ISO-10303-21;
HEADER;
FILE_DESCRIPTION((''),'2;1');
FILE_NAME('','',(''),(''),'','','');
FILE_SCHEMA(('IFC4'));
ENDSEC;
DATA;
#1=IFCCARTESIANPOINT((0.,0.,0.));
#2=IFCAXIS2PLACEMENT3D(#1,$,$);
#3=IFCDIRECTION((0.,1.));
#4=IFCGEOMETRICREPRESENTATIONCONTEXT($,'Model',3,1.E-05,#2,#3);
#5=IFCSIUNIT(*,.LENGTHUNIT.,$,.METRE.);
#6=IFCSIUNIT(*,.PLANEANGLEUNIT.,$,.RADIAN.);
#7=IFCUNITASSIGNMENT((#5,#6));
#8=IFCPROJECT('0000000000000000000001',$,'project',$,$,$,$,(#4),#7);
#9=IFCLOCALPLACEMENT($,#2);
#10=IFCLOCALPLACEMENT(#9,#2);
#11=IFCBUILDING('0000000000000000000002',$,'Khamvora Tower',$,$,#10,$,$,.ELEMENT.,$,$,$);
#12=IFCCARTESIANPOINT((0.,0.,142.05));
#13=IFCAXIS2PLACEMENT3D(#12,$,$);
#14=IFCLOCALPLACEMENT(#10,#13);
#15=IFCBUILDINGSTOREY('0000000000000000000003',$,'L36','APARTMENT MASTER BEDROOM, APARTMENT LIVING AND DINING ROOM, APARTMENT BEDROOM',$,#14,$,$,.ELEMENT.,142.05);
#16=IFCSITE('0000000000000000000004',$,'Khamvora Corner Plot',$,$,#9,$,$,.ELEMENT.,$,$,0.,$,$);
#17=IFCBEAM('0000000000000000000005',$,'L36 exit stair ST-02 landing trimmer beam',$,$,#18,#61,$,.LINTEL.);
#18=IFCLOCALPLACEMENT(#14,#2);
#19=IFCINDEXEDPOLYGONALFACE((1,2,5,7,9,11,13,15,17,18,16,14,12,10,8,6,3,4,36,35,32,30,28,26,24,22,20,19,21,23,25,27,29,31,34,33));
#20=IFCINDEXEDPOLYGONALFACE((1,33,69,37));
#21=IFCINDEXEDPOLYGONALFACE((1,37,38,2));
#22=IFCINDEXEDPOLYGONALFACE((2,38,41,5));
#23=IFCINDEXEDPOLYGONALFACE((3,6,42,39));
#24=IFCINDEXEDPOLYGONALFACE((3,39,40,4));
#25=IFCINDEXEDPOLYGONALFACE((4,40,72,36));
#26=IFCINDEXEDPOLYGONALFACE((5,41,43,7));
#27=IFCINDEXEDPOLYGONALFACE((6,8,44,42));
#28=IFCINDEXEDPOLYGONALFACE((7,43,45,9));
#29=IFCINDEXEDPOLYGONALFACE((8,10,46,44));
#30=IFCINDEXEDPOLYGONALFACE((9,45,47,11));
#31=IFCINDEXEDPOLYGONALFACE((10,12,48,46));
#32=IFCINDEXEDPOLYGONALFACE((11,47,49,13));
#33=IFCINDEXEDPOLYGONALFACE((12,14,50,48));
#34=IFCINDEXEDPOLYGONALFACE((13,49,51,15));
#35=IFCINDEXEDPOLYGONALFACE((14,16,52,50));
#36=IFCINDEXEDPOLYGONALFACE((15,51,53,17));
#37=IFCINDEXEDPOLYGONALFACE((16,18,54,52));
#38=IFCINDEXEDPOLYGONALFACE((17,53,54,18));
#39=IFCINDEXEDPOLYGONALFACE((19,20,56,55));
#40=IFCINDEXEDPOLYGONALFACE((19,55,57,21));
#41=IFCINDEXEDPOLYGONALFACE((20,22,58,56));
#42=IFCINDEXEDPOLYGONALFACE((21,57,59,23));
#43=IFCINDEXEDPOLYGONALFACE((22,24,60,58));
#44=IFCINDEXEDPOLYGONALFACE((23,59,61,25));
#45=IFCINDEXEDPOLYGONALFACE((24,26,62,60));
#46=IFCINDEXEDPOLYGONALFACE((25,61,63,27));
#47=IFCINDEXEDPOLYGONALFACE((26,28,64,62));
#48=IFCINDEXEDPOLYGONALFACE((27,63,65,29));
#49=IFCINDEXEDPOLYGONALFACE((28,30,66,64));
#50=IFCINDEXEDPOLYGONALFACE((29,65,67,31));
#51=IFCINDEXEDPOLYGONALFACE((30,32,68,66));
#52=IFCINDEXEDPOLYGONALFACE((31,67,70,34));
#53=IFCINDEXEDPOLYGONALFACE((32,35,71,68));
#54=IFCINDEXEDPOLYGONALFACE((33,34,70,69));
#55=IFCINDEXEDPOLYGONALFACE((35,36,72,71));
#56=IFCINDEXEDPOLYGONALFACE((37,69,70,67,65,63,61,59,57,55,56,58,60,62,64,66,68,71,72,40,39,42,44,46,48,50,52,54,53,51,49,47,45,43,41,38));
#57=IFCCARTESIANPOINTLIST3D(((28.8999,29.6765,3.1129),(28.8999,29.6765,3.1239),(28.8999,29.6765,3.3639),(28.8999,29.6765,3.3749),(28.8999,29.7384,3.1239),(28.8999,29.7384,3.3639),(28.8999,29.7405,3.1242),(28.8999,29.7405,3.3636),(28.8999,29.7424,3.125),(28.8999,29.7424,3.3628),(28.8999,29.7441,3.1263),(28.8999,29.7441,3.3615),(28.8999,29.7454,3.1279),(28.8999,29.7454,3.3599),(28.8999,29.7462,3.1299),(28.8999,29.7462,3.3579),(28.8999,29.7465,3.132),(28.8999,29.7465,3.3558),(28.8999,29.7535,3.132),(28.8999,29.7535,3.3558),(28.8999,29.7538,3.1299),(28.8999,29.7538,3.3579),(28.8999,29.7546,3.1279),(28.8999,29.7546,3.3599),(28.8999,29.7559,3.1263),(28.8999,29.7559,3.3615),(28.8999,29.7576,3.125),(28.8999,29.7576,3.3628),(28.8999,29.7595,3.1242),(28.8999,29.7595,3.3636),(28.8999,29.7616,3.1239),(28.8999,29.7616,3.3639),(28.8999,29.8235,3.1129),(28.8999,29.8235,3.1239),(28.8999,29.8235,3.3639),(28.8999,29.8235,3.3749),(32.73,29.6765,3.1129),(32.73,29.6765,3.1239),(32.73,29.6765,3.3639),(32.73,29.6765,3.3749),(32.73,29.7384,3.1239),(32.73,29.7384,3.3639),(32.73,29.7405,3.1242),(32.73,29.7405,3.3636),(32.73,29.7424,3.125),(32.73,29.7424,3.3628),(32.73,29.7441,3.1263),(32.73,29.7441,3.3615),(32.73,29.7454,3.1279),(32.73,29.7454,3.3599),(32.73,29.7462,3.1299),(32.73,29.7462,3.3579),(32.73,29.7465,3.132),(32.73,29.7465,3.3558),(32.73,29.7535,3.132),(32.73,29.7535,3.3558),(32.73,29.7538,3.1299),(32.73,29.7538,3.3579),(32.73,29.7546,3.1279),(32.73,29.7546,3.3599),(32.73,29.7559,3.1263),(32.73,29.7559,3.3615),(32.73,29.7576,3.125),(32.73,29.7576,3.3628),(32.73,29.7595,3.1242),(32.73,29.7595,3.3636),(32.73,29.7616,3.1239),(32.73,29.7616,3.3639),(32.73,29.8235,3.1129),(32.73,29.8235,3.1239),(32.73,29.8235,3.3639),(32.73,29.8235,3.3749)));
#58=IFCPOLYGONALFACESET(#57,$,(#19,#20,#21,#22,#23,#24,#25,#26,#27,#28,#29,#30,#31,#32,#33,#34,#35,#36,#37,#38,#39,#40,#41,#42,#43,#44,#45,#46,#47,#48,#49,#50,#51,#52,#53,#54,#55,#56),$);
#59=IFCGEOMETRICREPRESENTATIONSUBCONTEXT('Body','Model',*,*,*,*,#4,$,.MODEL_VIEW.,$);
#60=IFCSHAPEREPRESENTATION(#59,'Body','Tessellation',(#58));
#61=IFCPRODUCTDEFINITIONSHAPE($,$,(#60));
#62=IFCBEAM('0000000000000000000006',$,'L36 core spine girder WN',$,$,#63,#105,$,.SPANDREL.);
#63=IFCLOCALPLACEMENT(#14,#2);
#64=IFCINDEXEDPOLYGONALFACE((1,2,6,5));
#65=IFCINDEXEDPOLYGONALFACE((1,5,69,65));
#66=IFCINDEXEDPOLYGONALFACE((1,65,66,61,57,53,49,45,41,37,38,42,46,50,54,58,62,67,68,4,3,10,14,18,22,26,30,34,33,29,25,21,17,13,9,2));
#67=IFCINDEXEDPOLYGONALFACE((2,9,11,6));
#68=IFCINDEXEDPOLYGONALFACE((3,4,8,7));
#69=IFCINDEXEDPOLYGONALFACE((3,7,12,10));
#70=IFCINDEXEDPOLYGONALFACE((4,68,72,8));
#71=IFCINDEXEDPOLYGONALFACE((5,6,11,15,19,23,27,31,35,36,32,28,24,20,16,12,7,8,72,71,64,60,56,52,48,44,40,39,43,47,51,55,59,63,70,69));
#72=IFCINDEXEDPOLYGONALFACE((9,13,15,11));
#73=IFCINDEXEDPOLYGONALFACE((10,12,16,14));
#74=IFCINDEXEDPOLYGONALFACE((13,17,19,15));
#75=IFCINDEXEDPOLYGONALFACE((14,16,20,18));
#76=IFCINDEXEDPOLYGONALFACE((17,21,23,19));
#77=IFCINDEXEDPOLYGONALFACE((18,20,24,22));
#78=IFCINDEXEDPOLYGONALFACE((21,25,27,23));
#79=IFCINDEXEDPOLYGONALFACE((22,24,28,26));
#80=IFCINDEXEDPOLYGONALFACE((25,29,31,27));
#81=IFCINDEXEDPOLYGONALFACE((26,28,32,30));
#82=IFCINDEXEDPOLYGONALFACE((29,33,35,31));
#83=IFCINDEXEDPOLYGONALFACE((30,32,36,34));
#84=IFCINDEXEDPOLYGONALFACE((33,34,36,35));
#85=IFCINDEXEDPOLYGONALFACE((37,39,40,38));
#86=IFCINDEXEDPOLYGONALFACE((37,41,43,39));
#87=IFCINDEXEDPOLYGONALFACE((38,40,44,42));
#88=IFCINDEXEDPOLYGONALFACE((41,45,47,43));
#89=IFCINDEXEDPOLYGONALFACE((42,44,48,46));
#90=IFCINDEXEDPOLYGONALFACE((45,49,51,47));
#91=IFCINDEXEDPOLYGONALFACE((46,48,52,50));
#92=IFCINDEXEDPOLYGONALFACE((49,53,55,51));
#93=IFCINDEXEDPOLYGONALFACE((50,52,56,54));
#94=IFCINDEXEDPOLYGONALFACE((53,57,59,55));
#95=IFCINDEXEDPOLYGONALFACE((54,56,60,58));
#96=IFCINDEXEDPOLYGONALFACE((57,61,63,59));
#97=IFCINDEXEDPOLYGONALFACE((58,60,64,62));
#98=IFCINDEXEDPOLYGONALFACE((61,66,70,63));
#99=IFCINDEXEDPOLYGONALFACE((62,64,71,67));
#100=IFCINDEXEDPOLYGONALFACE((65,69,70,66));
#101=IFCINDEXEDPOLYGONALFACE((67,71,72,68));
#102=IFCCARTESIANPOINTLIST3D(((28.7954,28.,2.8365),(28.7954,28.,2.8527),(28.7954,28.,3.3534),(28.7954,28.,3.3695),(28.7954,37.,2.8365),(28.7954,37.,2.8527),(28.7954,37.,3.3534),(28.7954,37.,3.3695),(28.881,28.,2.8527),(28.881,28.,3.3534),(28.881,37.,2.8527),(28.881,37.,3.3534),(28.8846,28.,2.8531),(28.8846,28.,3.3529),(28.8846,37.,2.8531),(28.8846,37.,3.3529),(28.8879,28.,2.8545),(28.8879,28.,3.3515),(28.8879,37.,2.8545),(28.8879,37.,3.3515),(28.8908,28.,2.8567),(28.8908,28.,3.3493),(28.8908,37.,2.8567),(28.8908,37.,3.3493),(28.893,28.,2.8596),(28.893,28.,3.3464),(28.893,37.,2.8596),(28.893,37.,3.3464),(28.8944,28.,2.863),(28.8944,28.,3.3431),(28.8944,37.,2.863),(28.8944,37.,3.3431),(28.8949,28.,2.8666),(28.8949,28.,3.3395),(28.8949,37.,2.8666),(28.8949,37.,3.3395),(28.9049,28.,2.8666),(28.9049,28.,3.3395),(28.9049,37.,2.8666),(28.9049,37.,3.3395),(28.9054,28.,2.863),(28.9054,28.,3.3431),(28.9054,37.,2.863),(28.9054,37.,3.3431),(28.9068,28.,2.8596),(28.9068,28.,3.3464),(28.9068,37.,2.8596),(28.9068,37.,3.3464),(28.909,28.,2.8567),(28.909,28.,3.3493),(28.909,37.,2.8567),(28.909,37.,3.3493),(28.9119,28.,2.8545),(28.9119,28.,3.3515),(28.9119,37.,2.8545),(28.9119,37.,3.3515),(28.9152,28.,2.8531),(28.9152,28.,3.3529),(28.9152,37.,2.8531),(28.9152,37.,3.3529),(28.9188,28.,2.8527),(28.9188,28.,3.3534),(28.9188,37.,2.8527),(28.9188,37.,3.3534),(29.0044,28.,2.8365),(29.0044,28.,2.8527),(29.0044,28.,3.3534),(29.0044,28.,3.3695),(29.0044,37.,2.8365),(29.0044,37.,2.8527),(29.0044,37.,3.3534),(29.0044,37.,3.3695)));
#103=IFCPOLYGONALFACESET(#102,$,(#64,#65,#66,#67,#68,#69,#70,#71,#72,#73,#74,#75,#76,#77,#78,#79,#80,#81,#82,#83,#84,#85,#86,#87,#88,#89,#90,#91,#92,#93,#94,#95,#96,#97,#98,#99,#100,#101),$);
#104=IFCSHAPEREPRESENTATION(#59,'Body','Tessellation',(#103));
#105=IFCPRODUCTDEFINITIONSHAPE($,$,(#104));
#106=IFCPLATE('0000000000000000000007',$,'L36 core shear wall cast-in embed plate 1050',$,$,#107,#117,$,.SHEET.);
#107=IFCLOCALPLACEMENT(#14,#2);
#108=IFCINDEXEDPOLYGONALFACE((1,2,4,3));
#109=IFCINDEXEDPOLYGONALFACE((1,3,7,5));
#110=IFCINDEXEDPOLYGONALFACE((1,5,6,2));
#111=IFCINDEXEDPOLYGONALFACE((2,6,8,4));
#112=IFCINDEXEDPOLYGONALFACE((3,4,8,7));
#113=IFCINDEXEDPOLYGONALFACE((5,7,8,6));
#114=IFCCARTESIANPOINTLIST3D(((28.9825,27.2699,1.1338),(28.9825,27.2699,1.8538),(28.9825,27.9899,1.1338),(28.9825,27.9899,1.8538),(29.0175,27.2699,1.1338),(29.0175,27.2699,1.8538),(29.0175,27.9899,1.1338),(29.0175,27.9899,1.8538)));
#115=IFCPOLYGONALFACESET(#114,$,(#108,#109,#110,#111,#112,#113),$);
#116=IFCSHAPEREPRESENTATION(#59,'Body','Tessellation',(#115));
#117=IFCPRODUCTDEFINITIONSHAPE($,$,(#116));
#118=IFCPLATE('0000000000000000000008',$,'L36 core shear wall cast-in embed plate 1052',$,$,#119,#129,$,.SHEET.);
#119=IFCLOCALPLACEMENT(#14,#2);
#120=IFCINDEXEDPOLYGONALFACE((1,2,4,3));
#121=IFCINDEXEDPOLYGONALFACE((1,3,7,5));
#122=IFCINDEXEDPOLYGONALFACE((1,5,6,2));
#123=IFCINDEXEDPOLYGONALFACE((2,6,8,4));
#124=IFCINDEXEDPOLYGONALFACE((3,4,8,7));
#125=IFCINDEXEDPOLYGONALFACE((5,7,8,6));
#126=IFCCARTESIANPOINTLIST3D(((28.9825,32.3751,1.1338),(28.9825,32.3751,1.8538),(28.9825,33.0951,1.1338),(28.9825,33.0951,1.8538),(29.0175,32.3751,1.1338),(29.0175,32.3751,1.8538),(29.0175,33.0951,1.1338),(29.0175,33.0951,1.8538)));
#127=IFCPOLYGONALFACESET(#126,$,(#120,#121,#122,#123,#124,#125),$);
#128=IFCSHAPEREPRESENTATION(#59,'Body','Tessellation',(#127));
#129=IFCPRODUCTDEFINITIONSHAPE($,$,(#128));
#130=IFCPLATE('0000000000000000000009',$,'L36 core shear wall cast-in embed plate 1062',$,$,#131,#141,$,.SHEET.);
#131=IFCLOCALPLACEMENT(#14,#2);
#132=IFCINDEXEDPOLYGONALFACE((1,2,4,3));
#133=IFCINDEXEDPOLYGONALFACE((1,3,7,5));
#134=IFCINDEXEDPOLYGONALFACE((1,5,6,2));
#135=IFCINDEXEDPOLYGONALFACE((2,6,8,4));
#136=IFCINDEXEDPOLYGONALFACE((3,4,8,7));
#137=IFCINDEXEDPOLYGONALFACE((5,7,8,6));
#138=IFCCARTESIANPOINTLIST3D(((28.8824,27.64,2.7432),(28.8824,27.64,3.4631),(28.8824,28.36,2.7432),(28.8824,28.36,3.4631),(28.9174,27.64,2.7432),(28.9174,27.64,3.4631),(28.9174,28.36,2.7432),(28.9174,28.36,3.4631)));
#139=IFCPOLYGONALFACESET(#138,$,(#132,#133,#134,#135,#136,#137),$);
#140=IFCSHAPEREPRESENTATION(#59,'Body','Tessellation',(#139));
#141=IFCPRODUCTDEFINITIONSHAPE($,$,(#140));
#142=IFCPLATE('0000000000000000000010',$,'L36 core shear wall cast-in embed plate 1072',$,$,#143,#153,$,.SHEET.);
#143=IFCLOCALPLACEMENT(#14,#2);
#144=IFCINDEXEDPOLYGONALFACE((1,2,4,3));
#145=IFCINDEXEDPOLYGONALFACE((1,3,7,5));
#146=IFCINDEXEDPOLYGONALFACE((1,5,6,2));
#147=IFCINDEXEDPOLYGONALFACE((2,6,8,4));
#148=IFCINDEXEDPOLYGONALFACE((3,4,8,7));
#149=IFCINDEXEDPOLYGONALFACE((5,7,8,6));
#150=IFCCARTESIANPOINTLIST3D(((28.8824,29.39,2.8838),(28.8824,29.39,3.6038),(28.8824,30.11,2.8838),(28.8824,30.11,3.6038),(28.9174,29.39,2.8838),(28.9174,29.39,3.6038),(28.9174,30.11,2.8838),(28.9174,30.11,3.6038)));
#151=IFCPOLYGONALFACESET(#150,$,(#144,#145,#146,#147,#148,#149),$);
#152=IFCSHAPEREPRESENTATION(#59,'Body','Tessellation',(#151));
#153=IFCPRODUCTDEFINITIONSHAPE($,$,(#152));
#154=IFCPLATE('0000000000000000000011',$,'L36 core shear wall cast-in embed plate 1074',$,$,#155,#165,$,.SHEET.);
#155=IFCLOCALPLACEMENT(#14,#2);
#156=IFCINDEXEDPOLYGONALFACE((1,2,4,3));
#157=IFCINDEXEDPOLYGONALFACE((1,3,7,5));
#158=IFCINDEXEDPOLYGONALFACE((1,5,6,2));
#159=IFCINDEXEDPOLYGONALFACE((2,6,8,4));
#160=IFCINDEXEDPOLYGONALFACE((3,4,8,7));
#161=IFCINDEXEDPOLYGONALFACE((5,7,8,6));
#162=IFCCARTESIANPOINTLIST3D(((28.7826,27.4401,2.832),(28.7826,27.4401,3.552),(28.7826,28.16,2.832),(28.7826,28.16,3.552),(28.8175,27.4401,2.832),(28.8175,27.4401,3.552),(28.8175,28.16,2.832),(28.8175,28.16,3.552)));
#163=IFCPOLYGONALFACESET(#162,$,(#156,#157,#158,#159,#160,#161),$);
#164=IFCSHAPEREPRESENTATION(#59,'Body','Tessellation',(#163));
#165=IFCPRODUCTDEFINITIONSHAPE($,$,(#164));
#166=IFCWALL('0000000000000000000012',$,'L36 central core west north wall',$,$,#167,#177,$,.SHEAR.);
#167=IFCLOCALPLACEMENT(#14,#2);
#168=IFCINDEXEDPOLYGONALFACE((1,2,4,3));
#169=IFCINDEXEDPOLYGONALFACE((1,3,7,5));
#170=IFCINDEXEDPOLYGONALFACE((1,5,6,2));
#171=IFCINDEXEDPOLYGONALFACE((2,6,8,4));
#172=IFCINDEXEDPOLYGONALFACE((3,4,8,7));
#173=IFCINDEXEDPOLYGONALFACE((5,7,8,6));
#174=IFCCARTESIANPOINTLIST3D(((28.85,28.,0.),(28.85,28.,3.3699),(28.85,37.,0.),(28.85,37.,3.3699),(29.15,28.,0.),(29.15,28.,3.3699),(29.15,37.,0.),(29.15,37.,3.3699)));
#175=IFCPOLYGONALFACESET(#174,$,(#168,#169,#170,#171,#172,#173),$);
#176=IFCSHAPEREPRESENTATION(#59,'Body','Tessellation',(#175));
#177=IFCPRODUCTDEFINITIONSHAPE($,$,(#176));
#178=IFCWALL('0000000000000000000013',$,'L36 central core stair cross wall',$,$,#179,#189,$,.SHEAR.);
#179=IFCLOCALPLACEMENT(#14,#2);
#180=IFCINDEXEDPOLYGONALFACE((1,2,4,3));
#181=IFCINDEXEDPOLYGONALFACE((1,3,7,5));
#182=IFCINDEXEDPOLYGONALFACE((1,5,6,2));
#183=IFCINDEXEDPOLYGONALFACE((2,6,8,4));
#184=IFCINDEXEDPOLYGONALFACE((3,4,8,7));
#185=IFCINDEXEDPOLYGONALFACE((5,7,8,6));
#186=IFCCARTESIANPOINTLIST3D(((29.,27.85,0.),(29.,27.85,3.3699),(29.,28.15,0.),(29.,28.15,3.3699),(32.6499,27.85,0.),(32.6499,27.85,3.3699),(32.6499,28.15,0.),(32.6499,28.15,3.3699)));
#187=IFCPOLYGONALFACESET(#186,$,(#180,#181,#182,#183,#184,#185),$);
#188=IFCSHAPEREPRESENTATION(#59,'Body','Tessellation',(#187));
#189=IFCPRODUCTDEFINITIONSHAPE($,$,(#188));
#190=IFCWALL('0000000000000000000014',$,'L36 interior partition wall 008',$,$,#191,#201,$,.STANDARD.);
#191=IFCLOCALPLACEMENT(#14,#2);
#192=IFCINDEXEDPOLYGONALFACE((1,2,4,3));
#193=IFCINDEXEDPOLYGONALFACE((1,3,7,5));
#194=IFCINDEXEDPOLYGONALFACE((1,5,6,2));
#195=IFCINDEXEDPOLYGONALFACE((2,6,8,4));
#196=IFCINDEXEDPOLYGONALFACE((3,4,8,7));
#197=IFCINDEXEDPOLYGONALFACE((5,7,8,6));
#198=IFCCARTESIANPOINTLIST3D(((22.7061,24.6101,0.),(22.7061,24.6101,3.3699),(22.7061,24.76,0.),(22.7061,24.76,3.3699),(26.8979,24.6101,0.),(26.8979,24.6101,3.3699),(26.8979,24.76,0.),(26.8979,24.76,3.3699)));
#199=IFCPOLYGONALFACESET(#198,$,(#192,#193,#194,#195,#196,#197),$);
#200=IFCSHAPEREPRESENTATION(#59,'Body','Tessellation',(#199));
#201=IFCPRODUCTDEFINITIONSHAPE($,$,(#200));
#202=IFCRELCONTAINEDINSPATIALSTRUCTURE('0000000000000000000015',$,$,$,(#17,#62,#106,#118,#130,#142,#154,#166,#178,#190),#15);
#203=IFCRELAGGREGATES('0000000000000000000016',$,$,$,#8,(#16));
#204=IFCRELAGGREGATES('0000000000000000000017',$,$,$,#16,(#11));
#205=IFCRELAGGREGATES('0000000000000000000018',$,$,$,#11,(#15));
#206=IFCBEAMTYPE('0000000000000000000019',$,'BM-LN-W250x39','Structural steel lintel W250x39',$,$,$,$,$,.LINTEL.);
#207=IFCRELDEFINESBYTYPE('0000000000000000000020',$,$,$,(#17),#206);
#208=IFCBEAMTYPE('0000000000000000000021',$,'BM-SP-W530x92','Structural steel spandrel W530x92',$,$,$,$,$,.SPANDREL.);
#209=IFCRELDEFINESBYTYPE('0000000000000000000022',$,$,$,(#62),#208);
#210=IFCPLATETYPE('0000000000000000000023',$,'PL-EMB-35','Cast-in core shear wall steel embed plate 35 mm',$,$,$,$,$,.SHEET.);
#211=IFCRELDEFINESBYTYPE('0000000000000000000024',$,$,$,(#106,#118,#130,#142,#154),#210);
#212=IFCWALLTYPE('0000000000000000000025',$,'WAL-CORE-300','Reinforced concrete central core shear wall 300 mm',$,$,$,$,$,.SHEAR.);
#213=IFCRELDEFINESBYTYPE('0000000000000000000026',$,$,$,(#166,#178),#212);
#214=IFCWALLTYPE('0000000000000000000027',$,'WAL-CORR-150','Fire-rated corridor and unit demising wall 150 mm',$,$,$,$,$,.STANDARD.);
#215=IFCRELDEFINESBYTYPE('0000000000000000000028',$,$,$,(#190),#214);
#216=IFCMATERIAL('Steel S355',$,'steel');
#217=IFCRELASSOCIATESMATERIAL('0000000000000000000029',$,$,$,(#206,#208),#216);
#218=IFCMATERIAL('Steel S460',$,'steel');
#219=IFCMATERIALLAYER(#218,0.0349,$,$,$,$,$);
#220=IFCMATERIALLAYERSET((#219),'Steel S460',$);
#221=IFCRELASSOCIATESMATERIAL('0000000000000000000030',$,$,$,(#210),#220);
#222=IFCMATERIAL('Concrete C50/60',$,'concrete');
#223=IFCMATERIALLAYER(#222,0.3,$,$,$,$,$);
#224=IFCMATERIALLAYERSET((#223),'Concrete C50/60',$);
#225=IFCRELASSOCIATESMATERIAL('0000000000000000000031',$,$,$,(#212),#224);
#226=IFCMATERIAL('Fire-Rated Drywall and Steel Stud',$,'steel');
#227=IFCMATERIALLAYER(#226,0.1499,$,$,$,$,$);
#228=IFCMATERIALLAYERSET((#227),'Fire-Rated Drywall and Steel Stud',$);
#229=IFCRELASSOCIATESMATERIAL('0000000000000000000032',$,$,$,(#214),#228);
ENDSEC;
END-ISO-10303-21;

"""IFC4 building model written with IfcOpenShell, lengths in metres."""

from ifc_helpers import new_model, si_unit, direction, frame, frame_2d, origin, origin_2d, place, context, subcontext, project, spatial, rectangle, i_section, extrude, material, layer, layer_set, material_profile, profile_set, type_object, element, save


model = new_model("IFC4")

# Units and contexts
model_context = context("Model", 3, precision=1e-05, world=origin(), true_north=direction((0.0, 1.0)))
body_context = subcontext(model_context, "Body", "Model", "MODEL_VIEW")
ifc_project = project(units=[si_unit("LENGTHUNIT", "METRE"), si_unit("PLANEANGLEUNIT", "RADIAN")], contexts=[model_context])

# Site, building, storey
site_placement = place(None, origin())
site = spatial("IfcSite", under=ifc_project, at=site_placement, Name="Khamvora Corner Plot", CompositionType="ELEMENT", RefElevation=0.0)
building_placement = place(site_placement, origin())
building = spatial("IfcBuilding", under=site, at=building_placement, Name="Khamvora Tower", CompositionType="ELEMENT")
storey_placement = place(building_placement, frame((0.0, 0.0, 142.05)))
storey = spatial("IfcBuildingStorey", under=building, at=storey_placement, Name="L36", Description="APARTMENT MASTER BEDROOM, APARTMENT LIVING AND DINING ROOM, APARTMENT BEDROOM", CompositionType="ELEMENT", Elevation=142.05)

# Shared definitions
ifc_material_1 = material(Name="Steel S460", Category="steel")

# Beams
ifc_material_2 = material(Name="Steel S355", Category="steel")
ifc_material_profile_1 = material_profile(ifc_material_2, i_section(OverallWidth=0.147, OverallDepth=0.262, WebThickness=0.0071, FlangeThickness=0.011, FilletRadius=0.0081, at=origin_2d()), Name="W250x39")
ifc_profile_set_1 = profile_set([ifc_material_profile_1], Name="Steel S355")
beam_type_1 = type_object("IfcBeamType", Name="BM-LN-W250x39", Description="Structural steel lintel W250x39", PredefinedType="LINTEL", material=ifc_profile_set_1)
beam_1_placement = place(storey_placement, frame((28.8999, 29.75, 3.2439), z_axis=(1.0, 0.0, 0.0), x_axis=(0.0, 1.0, 0.0)))
element("IfcBeam", 1, at=beam_1_placement, inside=storey, type_object=beam_type_1, Name="L36 exit stair ST-02 landing trimmer beam", PredefinedType="LINTEL", context=body_context, shape_type="SweptSolid", body=[
    extrude(i_section(OverallWidth=0.147, OverallDepth=0.262, WebThickness=0.0071, FlangeThickness=0.011, FilletRadius=0.0081, at=origin_2d()), origin(), (0.0, 0.0, 1.0), 3.8301),
])
ifc_material_profile_2 = material_profile(ifc_material_2, i_section(OverallWidth=0.209, OverallDepth=0.533, WebThickness=0.01, FlangeThickness=0.0161, FilletRadius=0.0139, at=origin_2d()), Name="W530x92")
ifc_profile_set_2 = profile_set([ifc_material_profile_2], Name="Steel S355")
beam_type_2 = type_object("IfcBeamType", Name="BM-SP-W530x92", Description="Structural steel spandrel W530x92", PredefinedType="SPANDREL", material=ifc_profile_set_2)
beam_2_placement = place(storey_placement, frame((28.8999, 28.0, 3.103), z_axis=(0.0, 1.0, 0.0), x_axis=(-1.0, 0.0, 0.0)))
element("IfcBeam", 2, at=beam_2_placement, inside=storey, type_object=beam_type_2, Name="L36 core spine girder WN", PredefinedType="SPANDREL", context=body_context, shape_type="SweptSolid", body=[
    extrude(i_section(OverallWidth=0.209, OverallDepth=0.533, WebThickness=0.01, FlangeThickness=0.0161, FilletRadius=0.0139, at=origin_2d()), origin(), (0.0, 0.0, 1.0), 9.0),
])

# Plates
ifc_layer_1 = layer(ifc_material_1, 0.0349)
ifc_layer_set_1 = layer_set([ifc_layer_1], Name="Steel S460")
plate_type = type_object("IfcPlateType", Name="PL-EMB-35", Description="Cast-in core shear wall steel embed plate 35 mm", PredefinedType="SHEET", material=ifc_layer_set_1)
for number, where, z_axis, x_axis, name in (
    (3, (29.0, 27.6299, 1.1338), (0.0, 0.0, 1.0), (1.0, 0.0, 0.0), "L36 core shear wall cast-in embed plate 1050"),
    (4, (29.0, 32.7351, 1.1338), (0.0, 0.0, 1.0), (1.0, 0.0, 0.0), "L36 core shear wall cast-in embed plate 1052"),
    (5, (28.8999, 28.0, 2.7432), (0.0, 0.0, 1.0), (1.0, 0.0, 0.0), "L36 core shear wall cast-in embed plate 1062"),
    (6, (28.8999, 29.75, 2.8838), (0.0, 0.0, 1.0), (1.0, 0.0, 0.0), "L36 core shear wall cast-in embed plate 1072"),
    (7, (28.8, 27.8, 2.832), (0.0, 0.0, 1.0), (1.0, 0.0, 0.0), "L36 core shear wall cast-in embed plate 1074"),
):
    element("IfcPlate", number, at=place(storey_placement, frame(where, z_axis=z_axis, x_axis=x_axis)), inside=storey, type_object=plate_type, Name=name, PredefinedType="SHEET", context=body_context, shape_type="SweptSolid", body=[
        extrude(rectangle(XDim=0.0349, YDim=0.72, at=origin_2d()), origin(), (0.0, 0.0, 1.0), 0.72),
    ])

# Walls
ifc_material_3 = material(Name="Concrete C50/60", Category="concrete")
ifc_layer_2 = layer(ifc_material_3, 0.3)
ifc_layer_set_2 = layer_set([ifc_layer_2], Name="Concrete C50/60")
wall_type_1 = type_object("IfcWallType", Name="WAL-CORE-300", Description="Reinforced concrete central core shear wall 300 mm", PredefinedType="SHEAR", material=ifc_layer_set_2)
wall_1_placement = place(storey_placement, frame((29.0, 28.0, 0.0), z_axis=(0.0, 0.0, 1.0), x_axis=(0.0, 1.0, 0.0)))
element("IfcWall", 8, at=wall_1_placement, inside=storey, type_object=wall_type_1, Name="L36 central core west north wall", PredefinedType="SHEAR", context=body_context, shape_type="SweptSolid", body=[
    extrude(rectangle(XDim=9.0, YDim=0.3, at=frame_2d((4.5, 0.0))), origin(), (0.0, 0.0, 1.0), 3.3699),
])
wall_2_placement = place(storey_placement, frame((29.0, 28.0, 0.0), z_axis=(0.0, 0.0, 1.0), x_axis=(1.0, 0.0, 0.0)))
element("IfcWall", 9, at=wall_2_placement, inside=storey, type_object=wall_type_1, Name="L36 central core stair cross wall", PredefinedType="SHEAR", context=body_context, shape_type="SweptSolid", body=[
    extrude(rectangle(XDim=3.6499, YDim=0.3, at=frame_2d((1.825, 0.0))), origin(), (0.0, 0.0, 1.0), 3.3699),
])
ifc_material_4 = material(Name="Fire-Rated Drywall and Steel Stud", Category="steel")
ifc_layer_3 = layer(ifc_material_4, 0.1499)
ifc_layer_set_3 = layer_set([ifc_layer_3], Name="Fire-Rated Drywall and Steel Stud")
wall_type_2 = type_object("IfcWallType", Name="WAL-CORR-150", Description="Fire-rated corridor and unit demising wall 150 mm", PredefinedType="STANDARD", material=ifc_layer_set_3)
wall_3_placement = place(storey_placement, frame((26.8979, 24.6851, 0.0), z_axis=(0.0, 0.0, 1.0), x_axis=(-1.0, 0.0, 0.0)))
element("IfcWall", 10, at=wall_3_placement, inside=storey, type_object=wall_type_2, Name="L36 interior partition wall 008", PredefinedType="STANDARD", context=body_context, shape_type="SweptSolid", body=[
    extrude(rectangle(XDim=4.1919, YDim=0.1499, at=frame_2d((2.0959, 0.0))), origin(), (0.0, 0.0, 1.0), 3.3699),
])

save(model, "model.ifc")
